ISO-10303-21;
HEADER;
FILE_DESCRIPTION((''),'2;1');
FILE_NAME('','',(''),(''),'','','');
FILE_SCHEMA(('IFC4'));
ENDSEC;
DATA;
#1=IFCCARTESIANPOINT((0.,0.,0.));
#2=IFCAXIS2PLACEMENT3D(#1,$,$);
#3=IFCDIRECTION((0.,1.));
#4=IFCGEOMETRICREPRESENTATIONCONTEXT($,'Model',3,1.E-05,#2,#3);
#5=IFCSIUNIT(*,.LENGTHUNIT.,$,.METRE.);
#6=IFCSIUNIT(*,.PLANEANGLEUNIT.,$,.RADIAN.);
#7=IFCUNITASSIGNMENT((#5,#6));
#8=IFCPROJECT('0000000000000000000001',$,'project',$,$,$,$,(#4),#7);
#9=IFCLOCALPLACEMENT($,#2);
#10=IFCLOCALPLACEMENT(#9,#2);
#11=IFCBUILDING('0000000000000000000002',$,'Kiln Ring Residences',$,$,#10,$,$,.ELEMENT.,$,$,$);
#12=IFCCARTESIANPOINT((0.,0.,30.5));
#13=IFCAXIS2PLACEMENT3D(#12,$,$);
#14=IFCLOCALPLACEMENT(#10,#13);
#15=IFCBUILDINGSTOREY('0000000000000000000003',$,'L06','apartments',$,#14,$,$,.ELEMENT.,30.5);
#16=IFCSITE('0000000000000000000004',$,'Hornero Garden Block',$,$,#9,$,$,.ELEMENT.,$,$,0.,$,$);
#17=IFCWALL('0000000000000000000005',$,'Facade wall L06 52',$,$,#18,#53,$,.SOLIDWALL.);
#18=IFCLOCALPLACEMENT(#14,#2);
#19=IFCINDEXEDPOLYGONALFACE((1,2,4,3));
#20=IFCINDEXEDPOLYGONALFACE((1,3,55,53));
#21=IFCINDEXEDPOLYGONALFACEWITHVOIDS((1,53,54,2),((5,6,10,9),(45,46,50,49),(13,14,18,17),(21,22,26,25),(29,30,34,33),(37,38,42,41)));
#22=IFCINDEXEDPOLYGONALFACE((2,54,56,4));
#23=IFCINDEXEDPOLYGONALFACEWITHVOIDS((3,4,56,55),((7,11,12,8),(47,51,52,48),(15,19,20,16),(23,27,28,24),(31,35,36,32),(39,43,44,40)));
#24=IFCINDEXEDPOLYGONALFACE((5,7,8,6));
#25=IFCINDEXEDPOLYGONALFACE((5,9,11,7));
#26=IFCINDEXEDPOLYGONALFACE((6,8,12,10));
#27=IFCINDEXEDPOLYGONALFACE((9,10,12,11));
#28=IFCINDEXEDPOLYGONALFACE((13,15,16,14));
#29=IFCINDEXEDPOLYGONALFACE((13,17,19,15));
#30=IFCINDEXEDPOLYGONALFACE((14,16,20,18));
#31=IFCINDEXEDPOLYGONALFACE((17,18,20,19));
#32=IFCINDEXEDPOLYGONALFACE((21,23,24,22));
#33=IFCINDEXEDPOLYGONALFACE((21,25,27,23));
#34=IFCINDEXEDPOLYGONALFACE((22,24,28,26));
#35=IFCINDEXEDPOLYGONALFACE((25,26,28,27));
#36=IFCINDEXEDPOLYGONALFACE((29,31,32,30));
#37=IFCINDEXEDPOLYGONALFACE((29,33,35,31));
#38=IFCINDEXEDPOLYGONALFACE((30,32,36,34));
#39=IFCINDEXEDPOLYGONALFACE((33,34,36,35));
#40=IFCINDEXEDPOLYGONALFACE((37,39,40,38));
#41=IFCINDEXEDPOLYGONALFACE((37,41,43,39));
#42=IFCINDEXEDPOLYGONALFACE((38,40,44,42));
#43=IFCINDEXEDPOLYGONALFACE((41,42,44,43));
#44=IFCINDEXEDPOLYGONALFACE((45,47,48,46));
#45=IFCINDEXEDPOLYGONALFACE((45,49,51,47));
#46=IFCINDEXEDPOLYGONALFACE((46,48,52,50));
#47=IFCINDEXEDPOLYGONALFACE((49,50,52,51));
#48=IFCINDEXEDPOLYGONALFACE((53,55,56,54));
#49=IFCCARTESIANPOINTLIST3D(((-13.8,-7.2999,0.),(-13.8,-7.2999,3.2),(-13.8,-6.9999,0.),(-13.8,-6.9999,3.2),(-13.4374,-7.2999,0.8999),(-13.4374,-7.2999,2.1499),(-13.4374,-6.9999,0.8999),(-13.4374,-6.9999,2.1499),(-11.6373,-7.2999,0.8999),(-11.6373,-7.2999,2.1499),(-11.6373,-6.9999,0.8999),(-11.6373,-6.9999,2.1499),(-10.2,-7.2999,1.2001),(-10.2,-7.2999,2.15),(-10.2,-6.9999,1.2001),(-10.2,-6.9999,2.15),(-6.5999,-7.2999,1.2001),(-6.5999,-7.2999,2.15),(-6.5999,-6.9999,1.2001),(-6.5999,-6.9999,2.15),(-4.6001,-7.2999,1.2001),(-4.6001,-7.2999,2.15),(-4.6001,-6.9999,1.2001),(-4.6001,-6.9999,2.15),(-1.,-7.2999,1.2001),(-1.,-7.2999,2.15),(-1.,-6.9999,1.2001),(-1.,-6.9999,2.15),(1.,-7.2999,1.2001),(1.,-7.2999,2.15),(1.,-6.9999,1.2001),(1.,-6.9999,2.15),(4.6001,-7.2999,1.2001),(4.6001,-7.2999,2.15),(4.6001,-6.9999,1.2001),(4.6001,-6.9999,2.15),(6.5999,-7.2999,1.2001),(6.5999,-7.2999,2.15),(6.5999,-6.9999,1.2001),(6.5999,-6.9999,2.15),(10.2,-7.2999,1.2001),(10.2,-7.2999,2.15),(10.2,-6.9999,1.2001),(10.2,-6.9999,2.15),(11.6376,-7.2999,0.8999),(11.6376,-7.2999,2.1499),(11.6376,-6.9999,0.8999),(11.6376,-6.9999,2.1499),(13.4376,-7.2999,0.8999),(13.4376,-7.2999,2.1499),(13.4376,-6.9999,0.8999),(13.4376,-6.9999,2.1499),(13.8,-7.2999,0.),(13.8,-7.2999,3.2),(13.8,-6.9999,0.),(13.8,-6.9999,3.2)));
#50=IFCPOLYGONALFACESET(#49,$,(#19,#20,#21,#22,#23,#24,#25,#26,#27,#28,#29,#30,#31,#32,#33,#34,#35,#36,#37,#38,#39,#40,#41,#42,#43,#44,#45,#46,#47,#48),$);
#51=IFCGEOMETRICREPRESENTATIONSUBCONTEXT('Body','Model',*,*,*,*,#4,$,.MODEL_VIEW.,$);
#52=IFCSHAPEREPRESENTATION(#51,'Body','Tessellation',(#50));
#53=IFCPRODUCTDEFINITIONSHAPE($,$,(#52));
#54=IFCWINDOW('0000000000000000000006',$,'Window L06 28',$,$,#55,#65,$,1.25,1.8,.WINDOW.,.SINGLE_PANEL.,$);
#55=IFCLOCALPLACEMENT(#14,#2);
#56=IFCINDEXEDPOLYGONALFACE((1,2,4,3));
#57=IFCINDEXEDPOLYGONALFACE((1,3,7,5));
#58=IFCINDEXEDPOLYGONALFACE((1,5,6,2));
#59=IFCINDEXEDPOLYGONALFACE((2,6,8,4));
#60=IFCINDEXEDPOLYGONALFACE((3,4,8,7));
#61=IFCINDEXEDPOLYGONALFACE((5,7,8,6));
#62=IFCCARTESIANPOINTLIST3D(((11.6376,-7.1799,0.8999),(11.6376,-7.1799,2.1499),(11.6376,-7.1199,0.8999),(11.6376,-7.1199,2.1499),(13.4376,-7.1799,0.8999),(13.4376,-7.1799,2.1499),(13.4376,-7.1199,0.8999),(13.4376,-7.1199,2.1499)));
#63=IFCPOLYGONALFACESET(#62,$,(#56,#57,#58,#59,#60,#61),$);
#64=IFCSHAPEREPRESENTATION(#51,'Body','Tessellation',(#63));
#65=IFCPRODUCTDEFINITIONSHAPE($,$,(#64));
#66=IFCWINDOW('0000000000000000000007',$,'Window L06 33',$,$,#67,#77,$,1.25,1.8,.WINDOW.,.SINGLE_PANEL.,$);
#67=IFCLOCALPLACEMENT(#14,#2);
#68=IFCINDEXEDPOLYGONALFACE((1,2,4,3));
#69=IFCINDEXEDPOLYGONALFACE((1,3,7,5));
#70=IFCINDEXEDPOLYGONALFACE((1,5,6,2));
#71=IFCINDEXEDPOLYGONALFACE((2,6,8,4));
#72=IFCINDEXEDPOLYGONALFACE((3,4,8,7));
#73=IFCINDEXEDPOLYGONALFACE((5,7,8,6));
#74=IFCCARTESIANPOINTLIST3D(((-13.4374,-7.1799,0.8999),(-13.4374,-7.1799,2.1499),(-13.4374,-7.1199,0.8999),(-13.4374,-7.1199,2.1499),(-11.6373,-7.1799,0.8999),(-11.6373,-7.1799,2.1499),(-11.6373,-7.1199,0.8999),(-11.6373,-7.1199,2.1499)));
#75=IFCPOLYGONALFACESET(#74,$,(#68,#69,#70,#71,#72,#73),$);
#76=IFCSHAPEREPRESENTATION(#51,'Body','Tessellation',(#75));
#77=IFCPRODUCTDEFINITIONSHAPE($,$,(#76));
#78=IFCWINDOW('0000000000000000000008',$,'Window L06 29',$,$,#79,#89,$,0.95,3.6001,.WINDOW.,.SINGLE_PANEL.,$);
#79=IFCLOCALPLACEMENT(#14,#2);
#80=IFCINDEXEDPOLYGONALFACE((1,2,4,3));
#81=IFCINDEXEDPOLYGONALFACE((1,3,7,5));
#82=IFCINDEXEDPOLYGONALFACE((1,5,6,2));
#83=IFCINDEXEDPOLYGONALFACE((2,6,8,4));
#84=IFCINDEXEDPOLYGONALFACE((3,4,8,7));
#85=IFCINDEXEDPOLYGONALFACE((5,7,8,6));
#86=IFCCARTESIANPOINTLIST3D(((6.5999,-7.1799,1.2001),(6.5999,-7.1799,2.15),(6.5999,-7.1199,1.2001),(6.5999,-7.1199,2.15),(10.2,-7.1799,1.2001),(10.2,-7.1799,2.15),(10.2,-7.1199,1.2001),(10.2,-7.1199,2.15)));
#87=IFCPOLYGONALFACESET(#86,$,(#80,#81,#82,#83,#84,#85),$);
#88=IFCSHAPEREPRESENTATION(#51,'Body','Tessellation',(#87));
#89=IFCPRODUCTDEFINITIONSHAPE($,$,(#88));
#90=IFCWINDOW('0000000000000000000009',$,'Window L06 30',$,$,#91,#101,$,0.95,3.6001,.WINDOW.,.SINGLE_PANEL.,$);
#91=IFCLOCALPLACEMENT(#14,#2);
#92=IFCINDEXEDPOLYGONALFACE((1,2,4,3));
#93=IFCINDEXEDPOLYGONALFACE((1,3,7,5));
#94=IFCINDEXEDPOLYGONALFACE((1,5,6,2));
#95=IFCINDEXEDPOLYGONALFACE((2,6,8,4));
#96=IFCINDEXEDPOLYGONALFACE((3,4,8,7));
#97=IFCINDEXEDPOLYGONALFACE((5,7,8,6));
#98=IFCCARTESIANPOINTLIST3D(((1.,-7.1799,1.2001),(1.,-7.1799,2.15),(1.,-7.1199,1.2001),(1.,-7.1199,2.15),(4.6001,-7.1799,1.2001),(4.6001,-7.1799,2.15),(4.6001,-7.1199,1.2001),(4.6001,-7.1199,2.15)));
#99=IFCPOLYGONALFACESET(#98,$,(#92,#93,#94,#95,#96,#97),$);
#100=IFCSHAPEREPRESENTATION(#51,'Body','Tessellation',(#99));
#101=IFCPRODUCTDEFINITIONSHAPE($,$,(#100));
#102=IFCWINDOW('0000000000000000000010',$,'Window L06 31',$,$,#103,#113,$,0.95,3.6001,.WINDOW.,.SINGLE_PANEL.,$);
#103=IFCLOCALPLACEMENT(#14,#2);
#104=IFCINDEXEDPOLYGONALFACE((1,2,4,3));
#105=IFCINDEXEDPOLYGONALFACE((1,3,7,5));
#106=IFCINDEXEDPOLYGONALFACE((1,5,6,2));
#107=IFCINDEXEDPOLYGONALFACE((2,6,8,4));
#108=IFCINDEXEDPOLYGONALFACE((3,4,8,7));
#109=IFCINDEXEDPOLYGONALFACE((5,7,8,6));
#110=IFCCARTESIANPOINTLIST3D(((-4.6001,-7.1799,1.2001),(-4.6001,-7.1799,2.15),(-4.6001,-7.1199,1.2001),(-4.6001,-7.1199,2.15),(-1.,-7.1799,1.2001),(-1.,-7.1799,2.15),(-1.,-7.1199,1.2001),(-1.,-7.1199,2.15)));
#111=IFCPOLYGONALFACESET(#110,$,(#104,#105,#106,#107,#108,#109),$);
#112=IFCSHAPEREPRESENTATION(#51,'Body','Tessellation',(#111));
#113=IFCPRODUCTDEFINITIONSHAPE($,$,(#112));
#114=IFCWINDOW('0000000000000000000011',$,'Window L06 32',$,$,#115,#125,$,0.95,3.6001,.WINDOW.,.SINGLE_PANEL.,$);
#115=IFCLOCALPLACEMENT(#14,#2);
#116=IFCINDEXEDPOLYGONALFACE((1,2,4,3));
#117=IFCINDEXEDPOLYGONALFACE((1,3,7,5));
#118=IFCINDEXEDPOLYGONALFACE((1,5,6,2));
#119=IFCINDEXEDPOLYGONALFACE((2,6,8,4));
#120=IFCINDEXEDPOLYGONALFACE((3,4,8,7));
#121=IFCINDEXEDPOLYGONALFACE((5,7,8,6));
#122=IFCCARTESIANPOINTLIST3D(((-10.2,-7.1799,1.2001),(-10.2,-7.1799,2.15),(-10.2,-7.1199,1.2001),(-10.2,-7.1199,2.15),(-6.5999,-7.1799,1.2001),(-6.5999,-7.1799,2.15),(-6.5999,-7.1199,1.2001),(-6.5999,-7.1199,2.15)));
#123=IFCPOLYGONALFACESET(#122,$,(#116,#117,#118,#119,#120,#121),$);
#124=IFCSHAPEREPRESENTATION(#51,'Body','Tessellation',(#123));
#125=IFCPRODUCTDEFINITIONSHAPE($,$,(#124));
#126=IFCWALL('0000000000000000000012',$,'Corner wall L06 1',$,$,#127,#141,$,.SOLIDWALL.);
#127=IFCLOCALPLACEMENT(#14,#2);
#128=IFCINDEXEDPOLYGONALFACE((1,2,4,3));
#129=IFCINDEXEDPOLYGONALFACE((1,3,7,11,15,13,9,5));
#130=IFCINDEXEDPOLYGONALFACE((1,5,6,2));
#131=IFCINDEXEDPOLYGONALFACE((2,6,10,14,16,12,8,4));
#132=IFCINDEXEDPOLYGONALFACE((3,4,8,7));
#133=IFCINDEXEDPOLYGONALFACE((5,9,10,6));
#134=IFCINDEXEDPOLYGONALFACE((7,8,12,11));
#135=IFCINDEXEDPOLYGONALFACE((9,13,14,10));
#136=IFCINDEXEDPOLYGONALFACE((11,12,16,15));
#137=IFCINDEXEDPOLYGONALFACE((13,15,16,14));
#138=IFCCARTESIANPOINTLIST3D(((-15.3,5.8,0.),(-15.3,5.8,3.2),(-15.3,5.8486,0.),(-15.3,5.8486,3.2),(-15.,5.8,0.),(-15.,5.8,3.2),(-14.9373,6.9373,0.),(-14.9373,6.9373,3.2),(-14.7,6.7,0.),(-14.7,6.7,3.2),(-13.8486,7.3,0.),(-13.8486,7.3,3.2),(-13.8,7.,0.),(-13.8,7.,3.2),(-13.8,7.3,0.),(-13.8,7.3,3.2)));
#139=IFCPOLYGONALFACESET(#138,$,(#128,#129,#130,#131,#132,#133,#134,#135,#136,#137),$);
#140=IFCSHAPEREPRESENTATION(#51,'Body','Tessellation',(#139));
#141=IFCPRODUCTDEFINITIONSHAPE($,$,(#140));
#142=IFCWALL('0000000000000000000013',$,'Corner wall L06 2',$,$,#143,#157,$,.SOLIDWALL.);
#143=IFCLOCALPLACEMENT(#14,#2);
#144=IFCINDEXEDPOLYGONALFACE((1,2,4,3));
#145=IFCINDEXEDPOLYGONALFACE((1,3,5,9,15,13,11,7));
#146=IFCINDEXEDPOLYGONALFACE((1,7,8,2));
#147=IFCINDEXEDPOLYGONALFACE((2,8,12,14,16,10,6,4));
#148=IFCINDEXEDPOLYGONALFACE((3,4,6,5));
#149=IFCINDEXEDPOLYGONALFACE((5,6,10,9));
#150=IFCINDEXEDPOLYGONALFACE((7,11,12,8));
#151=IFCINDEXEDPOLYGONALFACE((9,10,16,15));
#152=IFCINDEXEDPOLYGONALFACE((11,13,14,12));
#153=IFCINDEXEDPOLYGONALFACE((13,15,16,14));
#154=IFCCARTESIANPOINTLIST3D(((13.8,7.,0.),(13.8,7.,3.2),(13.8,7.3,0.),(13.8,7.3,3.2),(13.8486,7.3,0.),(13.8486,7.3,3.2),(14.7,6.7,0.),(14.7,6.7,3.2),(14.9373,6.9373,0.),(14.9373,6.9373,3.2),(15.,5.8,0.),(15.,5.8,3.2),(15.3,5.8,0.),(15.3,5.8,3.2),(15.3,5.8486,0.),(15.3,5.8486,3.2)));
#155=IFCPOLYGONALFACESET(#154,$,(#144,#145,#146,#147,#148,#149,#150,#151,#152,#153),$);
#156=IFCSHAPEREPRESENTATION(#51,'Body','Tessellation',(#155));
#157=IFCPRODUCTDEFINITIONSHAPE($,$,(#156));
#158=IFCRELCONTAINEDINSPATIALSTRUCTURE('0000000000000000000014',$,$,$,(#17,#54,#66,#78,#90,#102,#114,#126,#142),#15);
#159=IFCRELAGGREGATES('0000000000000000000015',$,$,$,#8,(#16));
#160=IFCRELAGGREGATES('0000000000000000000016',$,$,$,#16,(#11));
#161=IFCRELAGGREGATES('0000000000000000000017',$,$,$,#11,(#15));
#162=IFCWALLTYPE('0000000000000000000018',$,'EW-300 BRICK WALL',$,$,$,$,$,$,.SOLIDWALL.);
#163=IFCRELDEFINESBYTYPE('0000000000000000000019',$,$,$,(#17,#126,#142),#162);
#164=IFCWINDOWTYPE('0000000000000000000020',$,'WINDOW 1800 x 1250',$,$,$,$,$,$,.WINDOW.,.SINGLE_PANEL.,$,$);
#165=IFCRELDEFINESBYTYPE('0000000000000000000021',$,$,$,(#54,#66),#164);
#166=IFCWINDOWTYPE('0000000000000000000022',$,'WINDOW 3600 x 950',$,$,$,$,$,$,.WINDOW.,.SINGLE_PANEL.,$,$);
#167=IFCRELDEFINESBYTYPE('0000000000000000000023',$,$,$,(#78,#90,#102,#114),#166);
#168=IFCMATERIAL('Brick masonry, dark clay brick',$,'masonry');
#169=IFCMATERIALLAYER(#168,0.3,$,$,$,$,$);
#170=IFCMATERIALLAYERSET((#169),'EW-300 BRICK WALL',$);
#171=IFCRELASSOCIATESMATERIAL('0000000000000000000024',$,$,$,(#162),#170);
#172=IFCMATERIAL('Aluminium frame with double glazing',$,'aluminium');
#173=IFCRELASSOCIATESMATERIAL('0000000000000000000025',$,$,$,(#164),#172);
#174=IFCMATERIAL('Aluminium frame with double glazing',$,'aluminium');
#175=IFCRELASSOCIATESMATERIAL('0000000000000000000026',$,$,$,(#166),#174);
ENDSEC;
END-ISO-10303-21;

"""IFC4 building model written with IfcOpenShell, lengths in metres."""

from ifc_helpers import new_model, si_unit, direction, frame, frame_2d, origin, place, context, subcontext, project, spatial, polyline, rectangle, outline, extrude, material, layer, layer_set, type_object, element, fill, save


model = new_model("IFC4")

# Units and contexts
model_context = context("Model", 3, precision=1e-05, world=origin(), true_north=direction((0.0, 1.0)))
body_context = subcontext(model_context, "Body", "Model", "MODEL_VIEW")
ifc_project = project(units=[si_unit("LENGTHUNIT", "METRE"), si_unit("PLANEANGLEUNIT", "RADIAN")], contexts=[model_context])

# Site, building, storey
site_placement = place(None, origin())
site = spatial("IfcSite", under=ifc_project, at=site_placement, Name="Hornero Garden Block", CompositionType="ELEMENT", RefElevation=0.0)
building_placement = place(site_placement, origin())
building = spatial("IfcBuilding", under=site, at=building_placement, Name="Kiln Ring Residences", CompositionType="ELEMENT")
storey_placement = place(building_placement, frame((0.0, 0.0, 30.5)))
storey = spatial("IfcBuildingStorey", under=building, at=storey_placement, Name="L06", Description="apartments", CompositionType="ELEMENT", Elevation=30.5)

# Wall, openings, windows
ifc_material_1 = material(Name="Brick masonry, dark clay brick", Category="masonry")
ifc_layer_1 = layer(ifc_material_1, 0.3)
ifc_layer_set_1 = layer_set([ifc_layer_1], Name="EW-300 BRICK WALL")
wall_type_1 = type_object("IfcWallType", Name="EW-300 BRICK WALL", PredefinedType="SOLIDWALL", material=ifc_layer_set_1)
wall_1_placement = place(storey_placement, frame((13.8, -7.1499, 0.0), z_axis=(0.0, 0.0, 1.0), x_axis=(-1.0, 0.0, 0.0)))
wall_1 = element("IfcWall", 1, at=wall_1_placement, inside=storey, type_object=wall_type_1, Name="Facade wall L06 52", PredefinedType="SOLIDWALL", context=body_context, shape_type="SweptSolid", body=[
    extrude(rectangle(XDim=27.6001, YDim=0.3, at=frame_2d((13.8, 0.0))), origin(), (0.0, 0.0, 1.0), 3.2),
])
opening_1_placement = place(wall_1_placement, frame((0.3625, 0.0, 0.8999)))
opening_1 = element("IfcOpeningElement", 2, at=opening_1_placement, cuts=wall_1, PredefinedType="OPENING", context=body_context, shape_type="SweptSolid", body=[
    extrude(rectangle(XDim=1.8, YDim=1.25, at=frame_2d((0.8999, 0.625))), frame((0.0, 0.1599, 0.0), z_axis=(0.0, -1.0, 0.0), x_axis=(1.0, 0.0, 0.0)), (0.0, 0.0, 1.0), 0.3201),
])
opening_2_placement = place(wall_1_placement, frame((3.6001, 0.0, 1.2)))
opening_2 = element("IfcOpeningElement", 3, at=opening_2_placement, cuts=wall_1, PredefinedType="OPENING", context=body_context, shape_type="SweptSolid", body=[
    extrude(rectangle(XDim=3.6001, YDim=0.95, at=frame_2d((1.8, 0.4751))), frame((0.0, 0.1599, 0.0), z_axis=(0.0, -1.0, 0.0), x_axis=(1.0, 0.0, 0.0)), (0.0, 0.0, 1.0), 0.3201),
])
opening_3_placement = place(wall_1_placement, frame((9.2, 0.0, 1.2)))
opening_3 = element("IfcOpeningElement", 4, at=opening_3_placement, cuts=wall_1, PredefinedType="OPENING", context=body_context, shape_type="SweptSolid", body=[
    extrude(rectangle(XDim=3.6001, YDim=0.95, at=frame_2d((1.8, 0.4751))), frame((0.0, 0.1599, 0.0), z_axis=(0.0, -1.0, 0.0), x_axis=(1.0, 0.0, 0.0)), (0.0, 0.0, 1.0), 0.3201),
])
opening_4_placement = place(wall_1_placement, frame((14.8, 0.0, 1.2)))
opening_4 = element("IfcOpeningElement", 5, at=opening_4_placement, cuts=wall_1, PredefinedType="OPENING", context=body_context, shape_type="SweptSolid", body=[
    extrude(rectangle(XDim=3.6001, YDim=0.95, at=frame_2d((1.8, 0.4751))), frame((0.0, 0.1599, 0.0), z_axis=(0.0, -1.0, 0.0), x_axis=(1.0, 0.0, 0.0)), (0.0, 0.0, 1.0), 0.3201),
])
opening_5_placement = place(wall_1_placement, frame((20.3999, 0.0, 1.2)))
opening_5 = element("IfcOpeningElement", 6, at=opening_5_placement, cuts=wall_1, PredefinedType="OPENING", context=body_context, shape_type="SweptSolid", body=[
    extrude(rectangle(XDim=3.6001, YDim=0.95, at=frame_2d((1.8, 0.4751))), frame((0.0, 0.1599, 0.0), z_axis=(0.0, -1.0, 0.0), x_axis=(1.0, 0.0, 0.0)), (0.0, 0.0, 1.0), 0.3201),
])
opening_6_placement = place(wall_1_placement, frame((25.4375, 0.0, 0.8999)))
opening_6 = element("IfcOpeningElement", 7, at=opening_6_placement, cuts=wall_1, PredefinedType="OPENING", context=body_context, shape_type="SweptSolid", body=[
    extrude(rectangle(XDim=1.8, YDim=1.25, at=frame_2d((0.8999, 0.625))), frame((0.0, 0.1599, 0.0), z_axis=(0.0, -1.0, 0.0), x_axis=(1.0, 0.0, 0.0)), (0.0, 0.0, 1.0), 0.3201),
])
ifc_material_2 = material(Name="Aluminium frame with double glazing", Category="aluminium")
window_type_1 = type_object("IfcWindowType", Name="WINDOW 1800 x 1250", PartitioningType="SINGLE_PANEL", PredefinedType="WINDOW", material=ifc_material_2)
window_1_placement = place(opening_1_placement, origin())
window_1 = element("IfcWindow", 8, at=window_1_placement, inside=storey, type_object=window_type_1, Name="Window L06 28", OverallHeight=1.25, OverallWidth=1.8, PartitioningType="SINGLE_PANEL", PredefinedType="WINDOW", context=body_context, shape_type="SweptSolid", body=[
    extrude(rectangle(XDim=1.8, YDim=1.25, at=frame_2d((0.8999, 0.625))), frame((0.0, 0.03, 0.0), z_axis=(0.0, -1.0, 0.0), x_axis=(1.0, 0.0, 0.0)), (0.0, 0.0, 1.0), 0.0601),
])
fill(opening_1, window_1)
window_2_placement = place(opening_6_placement, origin())
window_2 = element("IfcWindow", 9, at=window_2_placement, inside=storey, type_object=window_type_1, Name="Window L06 33", OverallHeight=1.25, OverallWidth=1.8, PartitioningType="SINGLE_PANEL", PredefinedType="WINDOW", context=body_context, shape_type="SweptSolid", body=[
    extrude(rectangle(XDim=1.8, YDim=1.25, at=frame_2d((0.8999, 0.625))), frame((0.0, 0.03, 0.0), z_axis=(0.0, -1.0, 0.0), x_axis=(1.0, 0.0, 0.0)), (0.0, 0.0, 1.0), 0.0601),
])
fill(opening_6, window_2)
ifc_material_3 = material(Name="Aluminium frame with double glazing", Category="aluminium")
window_type_2 = type_object("IfcWindowType", Name="WINDOW 3600 x 950", PartitioningType="SINGLE_PANEL", PredefinedType="WINDOW", material=ifc_material_3)
window_3_placement = place(opening_2_placement, origin())
window_3 = element("IfcWindow", 10, at=window_3_placement, inside=storey, type_object=window_type_2, Name="Window L06 29", OverallHeight=0.95, OverallWidth=3.6001, PartitioningType="SINGLE_PANEL", PredefinedType="WINDOW", context=body_context, shape_type="SweptSolid", body=[
    extrude(rectangle(XDim=3.6001, YDim=0.95, at=frame_2d((1.8, 0.4751))), frame((0.0, 0.03, 0.0), z_axis=(0.0, -1.0, 0.0), x_axis=(1.0, 0.0, 0.0)), (0.0, 0.0, 1.0), 0.0601),
])
fill(opening_2, window_3)
window_4_placement = place(opening_3_placement, origin())
window_4 = element("IfcWindow", 11, at=window_4_placement, inside=storey, type_object=window_type_2, Name="Window L06 30", OverallHeight=0.95, OverallWidth=3.6001, PartitioningType="SINGLE_PANEL", PredefinedType="WINDOW", context=body_context, shape_type="SweptSolid", body=[
    extrude(rectangle(XDim=3.6001, YDim=0.95, at=frame_2d((1.8, 0.4751))), frame((0.0, 0.03, 0.0), z_axis=(0.0, -1.0, 0.0), x_axis=(1.0, 0.0, 0.0)), (0.0, 0.0, 1.0), 0.0601),
])
fill(opening_3, window_4)
window_5_placement = place(opening_4_placement, origin())
window_5 = element("IfcWindow", 12, at=window_5_placement, inside=storey, type_object=window_type_2, Name="Window L06 31", OverallHeight=0.95, OverallWidth=3.6001, PartitioningType="SINGLE_PANEL", PredefinedType="WINDOW", context=body_context, shape_type="SweptSolid", body=[
    extrude(rectangle(XDim=3.6001, YDim=0.95, at=frame_2d((1.8, 0.4751))), frame((0.0, 0.03, 0.0), z_axis=(0.0, -1.0, 0.0), x_axis=(1.0, 0.0, 0.0)), (0.0, 0.0, 1.0), 0.0601),
])
fill(opening_4, window_5)
window_6_placement = place(opening_5_placement, origin())
window_6 = element("IfcWindow", 13, at=window_6_placement, inside=storey, type_object=window_type_2, Name="Window L06 32", OverallHeight=0.95, OverallWidth=3.6001, PartitioningType="SINGLE_PANEL", PredefinedType="WINDOW", context=body_context, shape_type="SweptSolid", body=[
    extrude(rectangle(XDim=3.6001, YDim=0.95, at=frame_2d((1.8, 0.4751))), frame((0.0, 0.03, 0.0), z_axis=(0.0, -1.0, 0.0), x_axis=(1.0, 0.0, 0.0)), (0.0, 0.0, 1.0), 0.0601),
])
fill(opening_5, window_6)

# Walls
placement = place(storey_placement, origin())
element("IfcWall", 14, at=placement, inside=storey, type_object=wall_type_1, Name="Corner wall L06 1", PredefinedType="SOLIDWALL", context=body_context, shape_type="SweptSolid", body=[
    extrude(outline(polyline([(-13.8486, 7.3), (-14.9373, 6.9373), (-15.3, 5.8486), (-15.3, 5.8), (-15.0, 5.8), (-14.7, 6.7), (-13.8, 7.0), (-13.8, 7.3), (-13.8486, 7.3)])), origin(), (0.0, 0.0, 1.0), 3.2),
])
element("IfcWall", 15, at=placement, inside=storey, type_object=wall_type_1, Name="Corner wall L06 2", PredefinedType="SOLIDWALL", context=body_context, shape_type="SweptSolid", body=[
    extrude(outline(polyline([(14.9373, 6.9373), (13.8486, 7.3), (13.8, 7.3), (13.8, 7.0), (14.7, 6.7), (15.0, 5.8), (15.3, 5.8), (15.3, 5.8486), (14.9373, 6.9373)])), origin(), (0.0, 0.0, 1.0), 3.2),
])

save(model, "model.ifc")
